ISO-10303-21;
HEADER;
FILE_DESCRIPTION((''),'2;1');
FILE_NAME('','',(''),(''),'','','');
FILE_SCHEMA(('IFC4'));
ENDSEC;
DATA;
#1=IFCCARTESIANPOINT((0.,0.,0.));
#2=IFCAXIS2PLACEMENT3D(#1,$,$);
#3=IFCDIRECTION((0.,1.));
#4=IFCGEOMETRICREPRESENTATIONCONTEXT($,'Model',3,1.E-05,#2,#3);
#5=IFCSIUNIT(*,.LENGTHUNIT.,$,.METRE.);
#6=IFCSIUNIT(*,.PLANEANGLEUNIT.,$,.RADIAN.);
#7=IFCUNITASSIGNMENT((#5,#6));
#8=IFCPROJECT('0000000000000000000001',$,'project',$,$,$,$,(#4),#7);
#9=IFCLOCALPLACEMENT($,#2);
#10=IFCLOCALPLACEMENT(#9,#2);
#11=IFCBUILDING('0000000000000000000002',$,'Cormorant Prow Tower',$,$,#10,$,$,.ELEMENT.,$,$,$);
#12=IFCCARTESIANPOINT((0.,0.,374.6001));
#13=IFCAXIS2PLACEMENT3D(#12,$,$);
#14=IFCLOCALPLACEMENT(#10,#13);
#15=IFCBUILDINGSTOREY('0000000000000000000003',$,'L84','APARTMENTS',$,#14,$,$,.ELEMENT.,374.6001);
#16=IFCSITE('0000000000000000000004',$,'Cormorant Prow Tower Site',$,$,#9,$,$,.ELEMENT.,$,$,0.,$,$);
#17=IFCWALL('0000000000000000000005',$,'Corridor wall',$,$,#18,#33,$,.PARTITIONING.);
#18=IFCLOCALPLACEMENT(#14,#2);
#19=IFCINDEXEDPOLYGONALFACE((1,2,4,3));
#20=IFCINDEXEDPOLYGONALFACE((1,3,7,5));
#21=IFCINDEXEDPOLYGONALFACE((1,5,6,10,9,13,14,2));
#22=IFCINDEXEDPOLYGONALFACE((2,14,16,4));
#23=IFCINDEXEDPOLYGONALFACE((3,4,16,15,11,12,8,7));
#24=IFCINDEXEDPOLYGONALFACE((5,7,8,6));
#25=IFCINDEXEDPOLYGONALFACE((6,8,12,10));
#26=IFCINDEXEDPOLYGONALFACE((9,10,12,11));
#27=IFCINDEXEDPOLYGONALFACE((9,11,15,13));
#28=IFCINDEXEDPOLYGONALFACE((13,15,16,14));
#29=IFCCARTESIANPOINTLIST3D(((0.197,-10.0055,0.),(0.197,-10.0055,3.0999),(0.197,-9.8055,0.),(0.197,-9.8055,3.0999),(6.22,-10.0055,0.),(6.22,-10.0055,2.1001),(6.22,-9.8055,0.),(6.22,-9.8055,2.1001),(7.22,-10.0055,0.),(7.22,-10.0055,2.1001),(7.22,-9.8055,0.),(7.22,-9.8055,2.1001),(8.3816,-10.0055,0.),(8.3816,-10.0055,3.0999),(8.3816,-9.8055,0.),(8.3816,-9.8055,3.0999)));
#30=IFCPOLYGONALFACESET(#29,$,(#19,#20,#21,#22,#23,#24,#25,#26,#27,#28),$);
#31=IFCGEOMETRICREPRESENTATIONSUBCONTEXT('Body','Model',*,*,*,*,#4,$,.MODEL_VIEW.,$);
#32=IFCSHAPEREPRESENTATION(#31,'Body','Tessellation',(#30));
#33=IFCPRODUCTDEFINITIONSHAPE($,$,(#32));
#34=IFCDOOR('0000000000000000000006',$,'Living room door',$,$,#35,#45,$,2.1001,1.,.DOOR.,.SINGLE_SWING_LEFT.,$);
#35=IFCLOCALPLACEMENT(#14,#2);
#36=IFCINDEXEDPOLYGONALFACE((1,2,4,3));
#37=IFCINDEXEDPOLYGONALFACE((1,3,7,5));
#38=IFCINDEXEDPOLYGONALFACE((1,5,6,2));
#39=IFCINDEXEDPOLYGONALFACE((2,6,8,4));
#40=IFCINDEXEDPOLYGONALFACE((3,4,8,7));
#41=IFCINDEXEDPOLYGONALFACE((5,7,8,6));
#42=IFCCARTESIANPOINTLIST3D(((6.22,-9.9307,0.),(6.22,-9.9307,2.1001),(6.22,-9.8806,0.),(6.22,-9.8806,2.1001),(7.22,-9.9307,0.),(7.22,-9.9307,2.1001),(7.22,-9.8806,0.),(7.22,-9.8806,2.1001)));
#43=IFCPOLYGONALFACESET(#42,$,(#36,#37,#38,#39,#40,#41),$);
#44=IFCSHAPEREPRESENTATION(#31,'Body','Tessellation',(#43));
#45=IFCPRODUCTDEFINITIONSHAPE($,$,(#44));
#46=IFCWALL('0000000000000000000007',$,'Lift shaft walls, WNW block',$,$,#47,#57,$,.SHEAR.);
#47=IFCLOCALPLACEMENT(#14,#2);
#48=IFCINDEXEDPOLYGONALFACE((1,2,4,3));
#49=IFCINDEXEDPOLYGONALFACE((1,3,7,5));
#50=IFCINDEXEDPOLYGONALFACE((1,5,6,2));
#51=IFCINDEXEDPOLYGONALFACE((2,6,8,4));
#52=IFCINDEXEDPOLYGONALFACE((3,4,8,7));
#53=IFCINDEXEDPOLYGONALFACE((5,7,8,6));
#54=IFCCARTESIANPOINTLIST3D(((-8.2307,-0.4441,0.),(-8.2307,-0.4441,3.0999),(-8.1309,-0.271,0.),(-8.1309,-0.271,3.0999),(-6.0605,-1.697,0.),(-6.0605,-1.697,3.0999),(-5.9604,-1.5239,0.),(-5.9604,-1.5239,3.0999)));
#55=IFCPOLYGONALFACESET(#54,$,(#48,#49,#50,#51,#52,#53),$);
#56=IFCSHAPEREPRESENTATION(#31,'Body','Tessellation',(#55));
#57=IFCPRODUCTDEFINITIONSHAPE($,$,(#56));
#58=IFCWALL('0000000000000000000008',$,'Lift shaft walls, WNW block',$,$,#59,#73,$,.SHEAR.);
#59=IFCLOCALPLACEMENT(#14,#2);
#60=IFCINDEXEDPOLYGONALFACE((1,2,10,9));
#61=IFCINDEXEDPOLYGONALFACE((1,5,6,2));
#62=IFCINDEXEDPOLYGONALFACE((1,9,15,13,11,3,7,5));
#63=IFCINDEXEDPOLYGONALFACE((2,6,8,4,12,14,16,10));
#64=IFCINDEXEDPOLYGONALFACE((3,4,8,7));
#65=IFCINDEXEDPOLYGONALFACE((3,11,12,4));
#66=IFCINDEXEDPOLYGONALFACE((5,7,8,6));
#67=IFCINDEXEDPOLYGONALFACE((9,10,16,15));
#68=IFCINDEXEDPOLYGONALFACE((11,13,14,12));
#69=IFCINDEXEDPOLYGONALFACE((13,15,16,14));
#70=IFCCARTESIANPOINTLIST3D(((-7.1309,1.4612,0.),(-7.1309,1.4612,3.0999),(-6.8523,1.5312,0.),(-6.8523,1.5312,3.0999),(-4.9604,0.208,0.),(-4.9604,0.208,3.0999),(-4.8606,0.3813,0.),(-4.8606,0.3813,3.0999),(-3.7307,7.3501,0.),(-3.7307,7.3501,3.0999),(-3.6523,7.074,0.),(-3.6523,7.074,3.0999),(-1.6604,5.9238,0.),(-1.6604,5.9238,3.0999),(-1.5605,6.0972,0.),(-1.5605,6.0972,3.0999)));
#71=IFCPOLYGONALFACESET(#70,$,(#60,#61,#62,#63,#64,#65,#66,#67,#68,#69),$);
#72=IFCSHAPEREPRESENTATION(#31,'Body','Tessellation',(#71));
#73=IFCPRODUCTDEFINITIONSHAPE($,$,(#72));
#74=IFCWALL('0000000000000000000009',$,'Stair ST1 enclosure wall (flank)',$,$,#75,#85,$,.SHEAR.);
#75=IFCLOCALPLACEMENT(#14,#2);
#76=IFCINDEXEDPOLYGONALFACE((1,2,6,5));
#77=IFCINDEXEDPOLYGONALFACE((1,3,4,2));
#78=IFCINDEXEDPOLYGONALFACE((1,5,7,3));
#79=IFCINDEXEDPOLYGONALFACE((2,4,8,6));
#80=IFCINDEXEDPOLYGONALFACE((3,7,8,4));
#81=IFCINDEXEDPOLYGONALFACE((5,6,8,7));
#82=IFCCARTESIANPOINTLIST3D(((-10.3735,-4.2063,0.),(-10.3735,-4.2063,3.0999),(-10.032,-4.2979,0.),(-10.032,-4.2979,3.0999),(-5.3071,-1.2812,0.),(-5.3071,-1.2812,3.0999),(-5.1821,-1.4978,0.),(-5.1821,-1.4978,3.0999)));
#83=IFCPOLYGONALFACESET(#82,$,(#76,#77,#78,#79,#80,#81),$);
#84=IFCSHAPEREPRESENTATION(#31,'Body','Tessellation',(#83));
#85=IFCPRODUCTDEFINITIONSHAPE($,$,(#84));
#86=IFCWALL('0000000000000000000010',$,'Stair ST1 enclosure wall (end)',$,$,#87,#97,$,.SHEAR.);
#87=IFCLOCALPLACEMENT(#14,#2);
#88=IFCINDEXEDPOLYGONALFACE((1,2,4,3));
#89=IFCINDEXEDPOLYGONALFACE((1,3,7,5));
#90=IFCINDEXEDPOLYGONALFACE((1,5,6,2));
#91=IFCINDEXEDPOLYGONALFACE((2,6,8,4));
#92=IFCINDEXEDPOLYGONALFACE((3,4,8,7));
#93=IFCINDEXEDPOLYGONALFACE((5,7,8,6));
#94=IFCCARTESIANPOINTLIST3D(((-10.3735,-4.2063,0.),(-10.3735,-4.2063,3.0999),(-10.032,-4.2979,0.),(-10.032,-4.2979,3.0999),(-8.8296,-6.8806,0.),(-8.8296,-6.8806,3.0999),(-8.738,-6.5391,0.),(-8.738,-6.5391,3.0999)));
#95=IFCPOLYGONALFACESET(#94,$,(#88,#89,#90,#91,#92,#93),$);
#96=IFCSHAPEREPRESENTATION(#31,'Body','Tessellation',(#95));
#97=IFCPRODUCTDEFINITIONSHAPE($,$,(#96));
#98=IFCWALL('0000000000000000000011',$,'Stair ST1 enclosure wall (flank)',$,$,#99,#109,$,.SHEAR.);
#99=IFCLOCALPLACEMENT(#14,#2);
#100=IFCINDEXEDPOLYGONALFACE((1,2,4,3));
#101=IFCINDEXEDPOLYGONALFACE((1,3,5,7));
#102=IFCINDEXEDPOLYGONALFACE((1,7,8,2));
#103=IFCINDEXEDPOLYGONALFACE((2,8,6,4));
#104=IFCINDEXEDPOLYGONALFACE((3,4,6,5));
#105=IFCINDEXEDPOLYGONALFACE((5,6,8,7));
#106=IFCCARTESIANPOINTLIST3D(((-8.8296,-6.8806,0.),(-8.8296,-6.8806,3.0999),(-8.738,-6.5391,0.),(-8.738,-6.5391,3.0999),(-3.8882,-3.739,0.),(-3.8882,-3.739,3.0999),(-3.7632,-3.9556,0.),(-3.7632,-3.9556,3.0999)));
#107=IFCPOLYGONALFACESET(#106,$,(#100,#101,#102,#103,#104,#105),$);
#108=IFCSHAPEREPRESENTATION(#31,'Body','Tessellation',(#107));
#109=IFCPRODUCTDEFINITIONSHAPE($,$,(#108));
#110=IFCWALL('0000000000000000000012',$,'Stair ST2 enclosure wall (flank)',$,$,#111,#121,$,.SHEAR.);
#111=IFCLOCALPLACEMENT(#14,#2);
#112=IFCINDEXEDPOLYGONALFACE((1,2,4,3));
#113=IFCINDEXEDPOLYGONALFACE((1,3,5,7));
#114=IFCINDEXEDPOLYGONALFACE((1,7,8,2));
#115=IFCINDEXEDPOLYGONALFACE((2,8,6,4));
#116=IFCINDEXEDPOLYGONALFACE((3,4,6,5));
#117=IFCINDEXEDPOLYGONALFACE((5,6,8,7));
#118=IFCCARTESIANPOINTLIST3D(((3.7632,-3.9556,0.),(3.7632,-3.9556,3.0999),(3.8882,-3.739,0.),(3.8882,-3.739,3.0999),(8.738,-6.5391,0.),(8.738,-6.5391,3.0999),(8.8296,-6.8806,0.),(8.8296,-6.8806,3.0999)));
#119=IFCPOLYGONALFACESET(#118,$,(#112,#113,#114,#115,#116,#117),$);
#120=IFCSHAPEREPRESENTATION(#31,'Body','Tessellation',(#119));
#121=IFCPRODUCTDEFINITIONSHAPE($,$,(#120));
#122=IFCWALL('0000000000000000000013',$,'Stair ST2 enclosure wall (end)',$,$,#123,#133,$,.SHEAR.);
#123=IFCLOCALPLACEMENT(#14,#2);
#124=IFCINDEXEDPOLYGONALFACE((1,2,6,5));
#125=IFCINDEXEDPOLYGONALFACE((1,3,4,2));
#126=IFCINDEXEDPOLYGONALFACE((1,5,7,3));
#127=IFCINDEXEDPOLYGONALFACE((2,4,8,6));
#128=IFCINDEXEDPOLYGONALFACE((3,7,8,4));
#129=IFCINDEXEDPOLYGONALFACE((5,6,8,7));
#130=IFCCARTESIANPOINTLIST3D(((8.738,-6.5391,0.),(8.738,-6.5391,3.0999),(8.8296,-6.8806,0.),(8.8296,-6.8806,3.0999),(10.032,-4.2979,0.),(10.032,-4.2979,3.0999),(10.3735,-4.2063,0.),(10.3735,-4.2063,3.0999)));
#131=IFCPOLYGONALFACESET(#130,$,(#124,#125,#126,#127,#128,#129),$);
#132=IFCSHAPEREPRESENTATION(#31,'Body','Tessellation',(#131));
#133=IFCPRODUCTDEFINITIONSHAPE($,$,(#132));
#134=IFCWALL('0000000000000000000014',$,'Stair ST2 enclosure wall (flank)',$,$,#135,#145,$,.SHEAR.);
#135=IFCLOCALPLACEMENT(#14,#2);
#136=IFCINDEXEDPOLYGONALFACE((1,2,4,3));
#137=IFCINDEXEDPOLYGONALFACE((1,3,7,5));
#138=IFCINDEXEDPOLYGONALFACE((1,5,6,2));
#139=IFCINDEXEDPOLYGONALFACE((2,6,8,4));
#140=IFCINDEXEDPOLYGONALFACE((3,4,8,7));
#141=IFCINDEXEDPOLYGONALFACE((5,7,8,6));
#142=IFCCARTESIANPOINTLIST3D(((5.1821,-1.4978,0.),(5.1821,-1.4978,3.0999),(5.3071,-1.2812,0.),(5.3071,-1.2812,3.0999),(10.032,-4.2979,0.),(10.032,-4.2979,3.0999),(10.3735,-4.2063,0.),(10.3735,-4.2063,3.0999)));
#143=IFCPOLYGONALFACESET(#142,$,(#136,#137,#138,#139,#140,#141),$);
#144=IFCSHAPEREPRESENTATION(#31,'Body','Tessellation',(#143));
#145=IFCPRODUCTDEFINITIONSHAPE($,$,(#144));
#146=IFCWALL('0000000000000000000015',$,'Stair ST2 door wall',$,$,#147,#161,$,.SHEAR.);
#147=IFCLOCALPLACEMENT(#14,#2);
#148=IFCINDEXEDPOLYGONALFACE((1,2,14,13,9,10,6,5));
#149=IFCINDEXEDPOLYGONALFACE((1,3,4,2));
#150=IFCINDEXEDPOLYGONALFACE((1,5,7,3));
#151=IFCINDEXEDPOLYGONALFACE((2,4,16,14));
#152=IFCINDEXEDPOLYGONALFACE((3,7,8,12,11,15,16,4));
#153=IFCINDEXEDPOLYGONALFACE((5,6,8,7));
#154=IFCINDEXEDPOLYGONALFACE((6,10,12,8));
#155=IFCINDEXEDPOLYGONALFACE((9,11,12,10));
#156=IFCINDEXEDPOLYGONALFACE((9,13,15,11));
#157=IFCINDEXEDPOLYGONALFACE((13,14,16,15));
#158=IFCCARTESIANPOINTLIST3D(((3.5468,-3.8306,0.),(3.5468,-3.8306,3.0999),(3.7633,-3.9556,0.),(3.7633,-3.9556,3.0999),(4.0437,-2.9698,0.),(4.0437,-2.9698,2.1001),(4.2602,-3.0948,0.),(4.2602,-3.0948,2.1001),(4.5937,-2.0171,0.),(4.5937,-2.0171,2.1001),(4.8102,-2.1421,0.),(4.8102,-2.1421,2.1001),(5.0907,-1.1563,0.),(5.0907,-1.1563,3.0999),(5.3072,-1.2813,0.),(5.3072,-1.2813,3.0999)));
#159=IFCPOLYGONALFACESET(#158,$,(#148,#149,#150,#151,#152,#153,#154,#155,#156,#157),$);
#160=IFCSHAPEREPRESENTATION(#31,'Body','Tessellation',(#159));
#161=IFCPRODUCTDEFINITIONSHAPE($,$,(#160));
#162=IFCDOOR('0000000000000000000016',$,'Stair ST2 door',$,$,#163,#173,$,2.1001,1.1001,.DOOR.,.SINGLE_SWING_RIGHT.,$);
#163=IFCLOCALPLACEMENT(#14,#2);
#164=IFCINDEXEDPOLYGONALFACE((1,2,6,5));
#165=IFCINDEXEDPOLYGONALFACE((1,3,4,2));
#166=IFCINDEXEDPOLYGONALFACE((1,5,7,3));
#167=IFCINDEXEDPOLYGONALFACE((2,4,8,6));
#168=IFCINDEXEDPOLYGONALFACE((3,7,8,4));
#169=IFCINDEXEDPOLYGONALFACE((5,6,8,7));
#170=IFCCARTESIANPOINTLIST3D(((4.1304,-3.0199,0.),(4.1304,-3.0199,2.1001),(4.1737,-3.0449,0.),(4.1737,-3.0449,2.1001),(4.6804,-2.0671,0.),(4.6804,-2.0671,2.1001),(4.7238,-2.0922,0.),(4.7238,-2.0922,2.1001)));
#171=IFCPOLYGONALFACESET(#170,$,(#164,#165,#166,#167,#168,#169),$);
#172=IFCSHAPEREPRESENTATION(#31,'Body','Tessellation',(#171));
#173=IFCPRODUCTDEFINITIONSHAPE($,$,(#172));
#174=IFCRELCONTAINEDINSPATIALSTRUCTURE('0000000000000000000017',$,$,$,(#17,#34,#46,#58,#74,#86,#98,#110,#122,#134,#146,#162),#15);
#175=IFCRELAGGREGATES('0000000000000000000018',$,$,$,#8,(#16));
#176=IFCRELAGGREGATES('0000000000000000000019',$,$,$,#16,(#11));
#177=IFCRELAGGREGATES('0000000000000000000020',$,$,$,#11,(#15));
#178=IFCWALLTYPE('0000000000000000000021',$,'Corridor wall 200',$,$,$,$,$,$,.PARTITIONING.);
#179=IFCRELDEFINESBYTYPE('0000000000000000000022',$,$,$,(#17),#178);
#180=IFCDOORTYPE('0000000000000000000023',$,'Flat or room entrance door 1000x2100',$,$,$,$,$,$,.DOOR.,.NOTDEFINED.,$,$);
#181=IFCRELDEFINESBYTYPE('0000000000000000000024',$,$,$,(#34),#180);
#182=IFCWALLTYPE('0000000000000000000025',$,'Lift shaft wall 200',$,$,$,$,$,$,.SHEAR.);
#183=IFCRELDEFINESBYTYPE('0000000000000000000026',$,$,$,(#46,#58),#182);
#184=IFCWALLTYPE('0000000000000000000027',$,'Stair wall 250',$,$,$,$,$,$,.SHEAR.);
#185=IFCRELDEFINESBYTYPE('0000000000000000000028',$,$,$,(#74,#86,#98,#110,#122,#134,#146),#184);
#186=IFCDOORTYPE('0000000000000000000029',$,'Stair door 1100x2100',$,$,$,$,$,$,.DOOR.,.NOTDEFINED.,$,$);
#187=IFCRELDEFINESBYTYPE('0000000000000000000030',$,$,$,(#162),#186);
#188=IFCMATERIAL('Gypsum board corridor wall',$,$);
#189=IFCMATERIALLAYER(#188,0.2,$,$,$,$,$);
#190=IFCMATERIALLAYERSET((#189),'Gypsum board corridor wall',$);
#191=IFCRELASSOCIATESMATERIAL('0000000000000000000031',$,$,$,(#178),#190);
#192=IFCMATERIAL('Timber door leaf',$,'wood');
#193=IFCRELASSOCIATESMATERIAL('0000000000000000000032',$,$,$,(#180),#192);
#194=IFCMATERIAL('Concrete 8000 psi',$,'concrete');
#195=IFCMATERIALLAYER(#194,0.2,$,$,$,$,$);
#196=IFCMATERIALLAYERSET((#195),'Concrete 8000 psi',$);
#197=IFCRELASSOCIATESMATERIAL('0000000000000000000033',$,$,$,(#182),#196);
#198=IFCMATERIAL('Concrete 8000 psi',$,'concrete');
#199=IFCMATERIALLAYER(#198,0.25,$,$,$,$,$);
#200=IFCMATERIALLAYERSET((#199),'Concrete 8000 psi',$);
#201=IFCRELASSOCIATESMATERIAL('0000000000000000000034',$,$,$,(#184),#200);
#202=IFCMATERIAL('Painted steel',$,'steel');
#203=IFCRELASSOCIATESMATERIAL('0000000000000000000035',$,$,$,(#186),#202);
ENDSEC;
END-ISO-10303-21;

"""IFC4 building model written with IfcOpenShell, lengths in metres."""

from ifc_helpers import new_model, si_unit, direction, frame, frame_2d, origin, place, context, subcontext, project, spatial, polyline, rectangle, outline, extrude, material, layer, layer_set, type_object, element, fill, save


model = new_model("IFC4")

# Units and contexts
model_context = context("Model", 3, precision=1e-05, world=origin(), true_north=direction((0.0, 1.0)))
body_context = subcontext(model_context, "Body", "Model", "MODEL_VIEW")
ifc_project = project(units=[si_unit("LENGTHUNIT", "METRE"), si_unit("PLANEANGLEUNIT", "RADIAN")], contexts=[model_context])

# Site, building, storey
site_placement = place(None, origin())
site = spatial("IfcSite", under=ifc_project, at=site_placement, Name="Cormorant Prow Tower Site", CompositionType="ELEMENT", RefElevation=0.0)
building_placement = place(site_placement, origin())
building = spatial("IfcBuilding", under=site, at=building_placement, Name="Cormorant Prow Tower", CompositionType="ELEMENT")
storey_placement = place(building_placement, frame((0.0, 0.0, 374.6001)))
storey = spatial("IfcBuildingStorey", under=building, at=storey_placement, Name="L84", Description="APARTMENTS", CompositionType="ELEMENT", Elevation=374.6001)

# Wall, opening, door
ifc_material_1 = material(Name="Gypsum board corridor wall")
ifc_layer_1 = layer(ifc_material_1, 0.2)
ifc_layer_set_1 = layer_set([ifc_layer_1], Name="Gypsum board corridor wall")
wall_type_1 = type_object("IfcWallType", Name="Corridor wall 200", PredefinedType="PARTITIONING", material=ifc_layer_set_1)
wall_1_placement = place(storey_placement, frame((0.197, -9.9055, 0.0), z_axis=(0.0, 0.0, 1.0), x_axis=(1.0, 0.0, 0.0)))
wall_1 = element("IfcWall", 1, at=wall_1_placement, inside=storey, type_object=wall_type_1, Name="Corridor wall", PredefinedType="PARTITIONING", context=body_context, shape_type="SweptSolid", body=[
    extrude(rectangle(XDim=8.1846, YDim=0.2, at=frame_2d((4.0923, 0.0))), origin(), (0.0, 0.0, 1.0), 3.0999),
])
opening_1_placement = place(wall_1_placement, frame((6.0229, 0.0, 0.0)))
opening_1 = element("IfcOpeningElement", 2, at=opening_1_placement, cuts=wall_1, PredefinedType="OPENING", context=body_context, shape_type="SweptSolid", body=[
    extrude(rectangle(XDim=1.0, YDim=2.1001, at=frame_2d((0.5, 1.05))), frame((0.0, 0.1099, 0.0), z_axis=(0.0, -1.0, 0.0), x_axis=(1.0, 0.0, 0.0)), (0.0, 0.0, 1.0), 0.22),
])
ifc_material_2 = material(Name="Timber door leaf", Category="wood")
door_type_1 = type_object("IfcDoorType", Name="Flat or room entrance door 1000x2100", OperationType="NOTDEFINED", PredefinedType="DOOR", material=ifc_material_2)
door_1_placement = place(opening_1_placement, origin())
door_1 = element("IfcDoor", 3, at=door_1_placement, inside=storey, type_object=door_type_1, Name="Living room door", OperationType="SINGLE_SWING_LEFT", OverallHeight=2.1001, OverallWidth=1.0, PredefinedType="DOOR", context=body_context, shape_type="SweptSolid", body=[
    extrude(rectangle(XDim=1.0, YDim=2.1001, at=frame_2d((0.5, 1.05))), frame((0.0, 0.0249, 0.0), z_axis=(0.0, -1.0, 0.0), x_axis=(1.0, 0.0, 0.0)), (0.0, 0.0, 1.0), 0.05),
])
fill(opening_1, door_1)

# Walls
ifc_material_3 = material(Name="Concrete 8000 psi", Category="concrete")
ifc_layer_2 = layer(ifc_material_3, 0.2)
ifc_layer_set_2 = layer_set([ifc_layer_2], Name="Concrete 8000 psi")
wall_type_2 = type_object("IfcWallType", Name="Lift shaft wall 200", PredefinedType="SHEAR", material=ifc_layer_set_2)
wall_2_placement = place(storey_placement, origin())
element("IfcWall", 4, at=wall_2_placement, inside=storey, type_object=wall_type_2, Name="Lift shaft walls, WNW block", PredefinedType="SHEAR", context=body_context, shape_type="SweptSolid", body=[
    extrude(outline(polyline([(-6.0605, -1.697), (-8.2307, -0.4441), (-8.1309, -0.271), (-5.9604, -1.5239), (-6.0605, -1.697)])), origin(), (0.0, 0.0, 1.0), 3.0999),
])
wall_3_placement = place(storey_placement, origin())
element("IfcWall", 5, at=wall_3_placement, inside=storey, type_object=wall_type_2, Name="Lift shaft walls, WNW block", PredefinedType="SHEAR", context=body_context, shape_type="SweptSolid", body=[
    extrude(outline(polyline([(-4.9604, 0.208), (-7.1309, 1.4612), (-3.7307, 7.3501), (-1.5605, 6.0972), (-1.6604, 5.9238), (-3.6523, 7.074), (-6.8523, 1.5312), (-4.8606, 0.3813), (-4.9604, 0.208)])), origin(), (0.0, 0.0, 1.0), 3.0999),
])
ifc_material_4 = material(Name="Concrete 8000 psi", Category="concrete")
ifc_layer_3 = layer(ifc_material_4, 0.25)
ifc_layer_set_3 = layer_set([ifc_layer_3], Name="Concrete 8000 psi")
wall_type_3 = type_object("IfcWallType", Name="Stair wall 250", PredefinedType="SHEAR", material=ifc_layer_set_3)
wall_4_placement = place(storey_placement, origin())
element("IfcWall", 6, at=wall_4_placement, inside=storey, type_object=wall_type_3, Name="Stair ST1 enclosure wall (flank)", PredefinedType="SHEAR", context=body_context, shape_type="SweptSolid", body=[
    extrude(outline(polyline([(-5.3071, -1.2812), (-10.3735, -4.2063), (-10.032, -4.2979), (-5.1821, -1.4978), (-5.3071, -1.2812)])), origin(), (0.0, 0.0, 1.0), 3.0999),
])
wall_5_placement = place(storey_placement, origin())
element("IfcWall", 7, at=wall_5_placement, inside=storey, type_object=wall_type_3, Name="Stair ST1 enclosure wall (end)", PredefinedType="SHEAR", context=body_context, shape_type="SweptSolid", body=[
    extrude(outline(polyline([(-10.3735, -4.2063), (-8.8296, -6.8806), (-8.738, -6.5391), (-10.032, -4.2979), (-10.3735, -4.2063)])), origin(), (0.0, 0.0, 1.0), 3.0999),
])
wall_6_placement = place(storey_placement, origin())
element("IfcWall", 8, at=wall_6_placement, inside=storey, type_object=wall_type_3, Name="Stair ST1 enclosure wall (flank)", PredefinedType="SHEAR", context=body_context, shape_type="SweptSolid", body=[
    extrude(outline(polyline([(-8.738, -6.5391), (-8.8296, -6.8806), (-3.7632, -3.9556), (-3.8882, -3.739), (-8.738, -6.5391)])), origin(), (0.0, 0.0, 1.0), 3.0999),
])
wall_7_placement = place(storey_placement, origin())
element("IfcWall", 9, at=wall_7_placement, inside=storey, type_object=wall_type_3, Name="Stair ST2 enclosure wall (flank)", PredefinedType="SHEAR", context=body_context, shape_type="SweptSolid", body=[
    extrude(outline(polyline([(3.7632, -3.9556), (8.8296, -6.8806), (8.738, -6.5391), (3.8882, -3.739), (3.7632, -3.9556)])), origin(), (0.0, 0.0, 1.0), 3.0999),
])
wall_8_placement = place(storey_placement, origin())
element("IfcWall", 10, at=wall_8_placement, inside=storey, type_object=wall_type_3, Name="Stair ST2 enclosure wall (end)", PredefinedType="SHEAR", context=body_context, shape_type="SweptSolid", body=[
    extrude(outline(polyline([(8.8296, -6.8806), (10.3735, -4.2063), (10.032, -4.2979), (8.738, -6.5391), (8.8296, -6.8806)])), origin(), (0.0, 0.0, 1.0), 3.0999),
])
wall_9_placement = place(storey_placement, origin())
element("IfcWall", 11, at=wall_9_placement, inside=storey, type_object=wall_type_3, Name="Stair ST2 enclosure wall (flank)", PredefinedType="SHEAR", context=body_context, shape_type="SweptSolid", body=[
    extrude(outline(polyline([(10.032, -4.2979), (10.3735, -4.2063), (5.3071, -1.2812), (5.1821, -1.4978), (10.032, -4.2979)])), origin(), (0.0, 0.0, 1.0), 3.0999),
])

# Wall, opening, door
wall_10_placement = place(storey_placement, frame((3.655, -3.8931, 0.0), z_axis=(0.0, 0.0, 1.0), x_axis=(0.499983, 0.866035, 0.0)))
wall_10 = element("IfcWall", 12, at=wall_10_placement, inside=storey, type_object=wall_type_3, Name="Stair ST2 door wall", PredefinedType="SHEAR", context=body_context, shape_type="SweptSolid", body=[
    extrude(rectangle(XDim=3.0879, YDim=0.25, at=frame_2d((1.5439, 0.0))), origin(), (0.0, 0.0, 1.0), 3.0999),
])
opening_2_placement = place(wall_10_placement, frame((0.9939, 0.0, 0.0)))
opening_2 = element("IfcOpeningElement", 13, at=opening_2_placement, cuts=wall_10, PredefinedType="OPENING", context=body_context, shape_type="SweptSolid", body=[
    extrude(rectangle(XDim=1.1001, YDim=2.1001, at=frame_2d((0.55, 1.05))), frame((0.0, 0.135, 0.0), z_axis=(0.0, -1.0, 0.0), x_axis=(1.0, 0.0, 0.0)), (0.0, 0.0, 1.0), 0.27),
])
ifc_material_5 = material(Name="Painted steel", Category="steel")
door_type_2 = type_object("IfcDoorType", Name="Stair door 1100x2100", OperationType="NOTDEFINED", PredefinedType="DOOR", material=ifc_material_5)
door_2_placement = place(opening_2_placement, origin())
door_2 = element("IfcDoor", 14, at=door_2_placement, inside=storey, type_object=door_type_2, Name="Stair ST2 door", OperationType="SINGLE_SWING_RIGHT", OverallHeight=2.1001, OverallWidth=1.1001, PredefinedType="DOOR", context=body_context, shape_type="SweptSolid", body=[
    extrude(rectangle(XDim=1.1001, YDim=2.1001, at=frame_2d((0.55, 1.05))), frame((0.0, 0.0249, 0.0), z_axis=(0.0, -1.0, 0.0), x_axis=(1.0, 0.0, 0.0)), (0.0, 0.0, 1.0), 0.05),
])
fill(opening_2, door_2)

save(model, "model.ifc")
